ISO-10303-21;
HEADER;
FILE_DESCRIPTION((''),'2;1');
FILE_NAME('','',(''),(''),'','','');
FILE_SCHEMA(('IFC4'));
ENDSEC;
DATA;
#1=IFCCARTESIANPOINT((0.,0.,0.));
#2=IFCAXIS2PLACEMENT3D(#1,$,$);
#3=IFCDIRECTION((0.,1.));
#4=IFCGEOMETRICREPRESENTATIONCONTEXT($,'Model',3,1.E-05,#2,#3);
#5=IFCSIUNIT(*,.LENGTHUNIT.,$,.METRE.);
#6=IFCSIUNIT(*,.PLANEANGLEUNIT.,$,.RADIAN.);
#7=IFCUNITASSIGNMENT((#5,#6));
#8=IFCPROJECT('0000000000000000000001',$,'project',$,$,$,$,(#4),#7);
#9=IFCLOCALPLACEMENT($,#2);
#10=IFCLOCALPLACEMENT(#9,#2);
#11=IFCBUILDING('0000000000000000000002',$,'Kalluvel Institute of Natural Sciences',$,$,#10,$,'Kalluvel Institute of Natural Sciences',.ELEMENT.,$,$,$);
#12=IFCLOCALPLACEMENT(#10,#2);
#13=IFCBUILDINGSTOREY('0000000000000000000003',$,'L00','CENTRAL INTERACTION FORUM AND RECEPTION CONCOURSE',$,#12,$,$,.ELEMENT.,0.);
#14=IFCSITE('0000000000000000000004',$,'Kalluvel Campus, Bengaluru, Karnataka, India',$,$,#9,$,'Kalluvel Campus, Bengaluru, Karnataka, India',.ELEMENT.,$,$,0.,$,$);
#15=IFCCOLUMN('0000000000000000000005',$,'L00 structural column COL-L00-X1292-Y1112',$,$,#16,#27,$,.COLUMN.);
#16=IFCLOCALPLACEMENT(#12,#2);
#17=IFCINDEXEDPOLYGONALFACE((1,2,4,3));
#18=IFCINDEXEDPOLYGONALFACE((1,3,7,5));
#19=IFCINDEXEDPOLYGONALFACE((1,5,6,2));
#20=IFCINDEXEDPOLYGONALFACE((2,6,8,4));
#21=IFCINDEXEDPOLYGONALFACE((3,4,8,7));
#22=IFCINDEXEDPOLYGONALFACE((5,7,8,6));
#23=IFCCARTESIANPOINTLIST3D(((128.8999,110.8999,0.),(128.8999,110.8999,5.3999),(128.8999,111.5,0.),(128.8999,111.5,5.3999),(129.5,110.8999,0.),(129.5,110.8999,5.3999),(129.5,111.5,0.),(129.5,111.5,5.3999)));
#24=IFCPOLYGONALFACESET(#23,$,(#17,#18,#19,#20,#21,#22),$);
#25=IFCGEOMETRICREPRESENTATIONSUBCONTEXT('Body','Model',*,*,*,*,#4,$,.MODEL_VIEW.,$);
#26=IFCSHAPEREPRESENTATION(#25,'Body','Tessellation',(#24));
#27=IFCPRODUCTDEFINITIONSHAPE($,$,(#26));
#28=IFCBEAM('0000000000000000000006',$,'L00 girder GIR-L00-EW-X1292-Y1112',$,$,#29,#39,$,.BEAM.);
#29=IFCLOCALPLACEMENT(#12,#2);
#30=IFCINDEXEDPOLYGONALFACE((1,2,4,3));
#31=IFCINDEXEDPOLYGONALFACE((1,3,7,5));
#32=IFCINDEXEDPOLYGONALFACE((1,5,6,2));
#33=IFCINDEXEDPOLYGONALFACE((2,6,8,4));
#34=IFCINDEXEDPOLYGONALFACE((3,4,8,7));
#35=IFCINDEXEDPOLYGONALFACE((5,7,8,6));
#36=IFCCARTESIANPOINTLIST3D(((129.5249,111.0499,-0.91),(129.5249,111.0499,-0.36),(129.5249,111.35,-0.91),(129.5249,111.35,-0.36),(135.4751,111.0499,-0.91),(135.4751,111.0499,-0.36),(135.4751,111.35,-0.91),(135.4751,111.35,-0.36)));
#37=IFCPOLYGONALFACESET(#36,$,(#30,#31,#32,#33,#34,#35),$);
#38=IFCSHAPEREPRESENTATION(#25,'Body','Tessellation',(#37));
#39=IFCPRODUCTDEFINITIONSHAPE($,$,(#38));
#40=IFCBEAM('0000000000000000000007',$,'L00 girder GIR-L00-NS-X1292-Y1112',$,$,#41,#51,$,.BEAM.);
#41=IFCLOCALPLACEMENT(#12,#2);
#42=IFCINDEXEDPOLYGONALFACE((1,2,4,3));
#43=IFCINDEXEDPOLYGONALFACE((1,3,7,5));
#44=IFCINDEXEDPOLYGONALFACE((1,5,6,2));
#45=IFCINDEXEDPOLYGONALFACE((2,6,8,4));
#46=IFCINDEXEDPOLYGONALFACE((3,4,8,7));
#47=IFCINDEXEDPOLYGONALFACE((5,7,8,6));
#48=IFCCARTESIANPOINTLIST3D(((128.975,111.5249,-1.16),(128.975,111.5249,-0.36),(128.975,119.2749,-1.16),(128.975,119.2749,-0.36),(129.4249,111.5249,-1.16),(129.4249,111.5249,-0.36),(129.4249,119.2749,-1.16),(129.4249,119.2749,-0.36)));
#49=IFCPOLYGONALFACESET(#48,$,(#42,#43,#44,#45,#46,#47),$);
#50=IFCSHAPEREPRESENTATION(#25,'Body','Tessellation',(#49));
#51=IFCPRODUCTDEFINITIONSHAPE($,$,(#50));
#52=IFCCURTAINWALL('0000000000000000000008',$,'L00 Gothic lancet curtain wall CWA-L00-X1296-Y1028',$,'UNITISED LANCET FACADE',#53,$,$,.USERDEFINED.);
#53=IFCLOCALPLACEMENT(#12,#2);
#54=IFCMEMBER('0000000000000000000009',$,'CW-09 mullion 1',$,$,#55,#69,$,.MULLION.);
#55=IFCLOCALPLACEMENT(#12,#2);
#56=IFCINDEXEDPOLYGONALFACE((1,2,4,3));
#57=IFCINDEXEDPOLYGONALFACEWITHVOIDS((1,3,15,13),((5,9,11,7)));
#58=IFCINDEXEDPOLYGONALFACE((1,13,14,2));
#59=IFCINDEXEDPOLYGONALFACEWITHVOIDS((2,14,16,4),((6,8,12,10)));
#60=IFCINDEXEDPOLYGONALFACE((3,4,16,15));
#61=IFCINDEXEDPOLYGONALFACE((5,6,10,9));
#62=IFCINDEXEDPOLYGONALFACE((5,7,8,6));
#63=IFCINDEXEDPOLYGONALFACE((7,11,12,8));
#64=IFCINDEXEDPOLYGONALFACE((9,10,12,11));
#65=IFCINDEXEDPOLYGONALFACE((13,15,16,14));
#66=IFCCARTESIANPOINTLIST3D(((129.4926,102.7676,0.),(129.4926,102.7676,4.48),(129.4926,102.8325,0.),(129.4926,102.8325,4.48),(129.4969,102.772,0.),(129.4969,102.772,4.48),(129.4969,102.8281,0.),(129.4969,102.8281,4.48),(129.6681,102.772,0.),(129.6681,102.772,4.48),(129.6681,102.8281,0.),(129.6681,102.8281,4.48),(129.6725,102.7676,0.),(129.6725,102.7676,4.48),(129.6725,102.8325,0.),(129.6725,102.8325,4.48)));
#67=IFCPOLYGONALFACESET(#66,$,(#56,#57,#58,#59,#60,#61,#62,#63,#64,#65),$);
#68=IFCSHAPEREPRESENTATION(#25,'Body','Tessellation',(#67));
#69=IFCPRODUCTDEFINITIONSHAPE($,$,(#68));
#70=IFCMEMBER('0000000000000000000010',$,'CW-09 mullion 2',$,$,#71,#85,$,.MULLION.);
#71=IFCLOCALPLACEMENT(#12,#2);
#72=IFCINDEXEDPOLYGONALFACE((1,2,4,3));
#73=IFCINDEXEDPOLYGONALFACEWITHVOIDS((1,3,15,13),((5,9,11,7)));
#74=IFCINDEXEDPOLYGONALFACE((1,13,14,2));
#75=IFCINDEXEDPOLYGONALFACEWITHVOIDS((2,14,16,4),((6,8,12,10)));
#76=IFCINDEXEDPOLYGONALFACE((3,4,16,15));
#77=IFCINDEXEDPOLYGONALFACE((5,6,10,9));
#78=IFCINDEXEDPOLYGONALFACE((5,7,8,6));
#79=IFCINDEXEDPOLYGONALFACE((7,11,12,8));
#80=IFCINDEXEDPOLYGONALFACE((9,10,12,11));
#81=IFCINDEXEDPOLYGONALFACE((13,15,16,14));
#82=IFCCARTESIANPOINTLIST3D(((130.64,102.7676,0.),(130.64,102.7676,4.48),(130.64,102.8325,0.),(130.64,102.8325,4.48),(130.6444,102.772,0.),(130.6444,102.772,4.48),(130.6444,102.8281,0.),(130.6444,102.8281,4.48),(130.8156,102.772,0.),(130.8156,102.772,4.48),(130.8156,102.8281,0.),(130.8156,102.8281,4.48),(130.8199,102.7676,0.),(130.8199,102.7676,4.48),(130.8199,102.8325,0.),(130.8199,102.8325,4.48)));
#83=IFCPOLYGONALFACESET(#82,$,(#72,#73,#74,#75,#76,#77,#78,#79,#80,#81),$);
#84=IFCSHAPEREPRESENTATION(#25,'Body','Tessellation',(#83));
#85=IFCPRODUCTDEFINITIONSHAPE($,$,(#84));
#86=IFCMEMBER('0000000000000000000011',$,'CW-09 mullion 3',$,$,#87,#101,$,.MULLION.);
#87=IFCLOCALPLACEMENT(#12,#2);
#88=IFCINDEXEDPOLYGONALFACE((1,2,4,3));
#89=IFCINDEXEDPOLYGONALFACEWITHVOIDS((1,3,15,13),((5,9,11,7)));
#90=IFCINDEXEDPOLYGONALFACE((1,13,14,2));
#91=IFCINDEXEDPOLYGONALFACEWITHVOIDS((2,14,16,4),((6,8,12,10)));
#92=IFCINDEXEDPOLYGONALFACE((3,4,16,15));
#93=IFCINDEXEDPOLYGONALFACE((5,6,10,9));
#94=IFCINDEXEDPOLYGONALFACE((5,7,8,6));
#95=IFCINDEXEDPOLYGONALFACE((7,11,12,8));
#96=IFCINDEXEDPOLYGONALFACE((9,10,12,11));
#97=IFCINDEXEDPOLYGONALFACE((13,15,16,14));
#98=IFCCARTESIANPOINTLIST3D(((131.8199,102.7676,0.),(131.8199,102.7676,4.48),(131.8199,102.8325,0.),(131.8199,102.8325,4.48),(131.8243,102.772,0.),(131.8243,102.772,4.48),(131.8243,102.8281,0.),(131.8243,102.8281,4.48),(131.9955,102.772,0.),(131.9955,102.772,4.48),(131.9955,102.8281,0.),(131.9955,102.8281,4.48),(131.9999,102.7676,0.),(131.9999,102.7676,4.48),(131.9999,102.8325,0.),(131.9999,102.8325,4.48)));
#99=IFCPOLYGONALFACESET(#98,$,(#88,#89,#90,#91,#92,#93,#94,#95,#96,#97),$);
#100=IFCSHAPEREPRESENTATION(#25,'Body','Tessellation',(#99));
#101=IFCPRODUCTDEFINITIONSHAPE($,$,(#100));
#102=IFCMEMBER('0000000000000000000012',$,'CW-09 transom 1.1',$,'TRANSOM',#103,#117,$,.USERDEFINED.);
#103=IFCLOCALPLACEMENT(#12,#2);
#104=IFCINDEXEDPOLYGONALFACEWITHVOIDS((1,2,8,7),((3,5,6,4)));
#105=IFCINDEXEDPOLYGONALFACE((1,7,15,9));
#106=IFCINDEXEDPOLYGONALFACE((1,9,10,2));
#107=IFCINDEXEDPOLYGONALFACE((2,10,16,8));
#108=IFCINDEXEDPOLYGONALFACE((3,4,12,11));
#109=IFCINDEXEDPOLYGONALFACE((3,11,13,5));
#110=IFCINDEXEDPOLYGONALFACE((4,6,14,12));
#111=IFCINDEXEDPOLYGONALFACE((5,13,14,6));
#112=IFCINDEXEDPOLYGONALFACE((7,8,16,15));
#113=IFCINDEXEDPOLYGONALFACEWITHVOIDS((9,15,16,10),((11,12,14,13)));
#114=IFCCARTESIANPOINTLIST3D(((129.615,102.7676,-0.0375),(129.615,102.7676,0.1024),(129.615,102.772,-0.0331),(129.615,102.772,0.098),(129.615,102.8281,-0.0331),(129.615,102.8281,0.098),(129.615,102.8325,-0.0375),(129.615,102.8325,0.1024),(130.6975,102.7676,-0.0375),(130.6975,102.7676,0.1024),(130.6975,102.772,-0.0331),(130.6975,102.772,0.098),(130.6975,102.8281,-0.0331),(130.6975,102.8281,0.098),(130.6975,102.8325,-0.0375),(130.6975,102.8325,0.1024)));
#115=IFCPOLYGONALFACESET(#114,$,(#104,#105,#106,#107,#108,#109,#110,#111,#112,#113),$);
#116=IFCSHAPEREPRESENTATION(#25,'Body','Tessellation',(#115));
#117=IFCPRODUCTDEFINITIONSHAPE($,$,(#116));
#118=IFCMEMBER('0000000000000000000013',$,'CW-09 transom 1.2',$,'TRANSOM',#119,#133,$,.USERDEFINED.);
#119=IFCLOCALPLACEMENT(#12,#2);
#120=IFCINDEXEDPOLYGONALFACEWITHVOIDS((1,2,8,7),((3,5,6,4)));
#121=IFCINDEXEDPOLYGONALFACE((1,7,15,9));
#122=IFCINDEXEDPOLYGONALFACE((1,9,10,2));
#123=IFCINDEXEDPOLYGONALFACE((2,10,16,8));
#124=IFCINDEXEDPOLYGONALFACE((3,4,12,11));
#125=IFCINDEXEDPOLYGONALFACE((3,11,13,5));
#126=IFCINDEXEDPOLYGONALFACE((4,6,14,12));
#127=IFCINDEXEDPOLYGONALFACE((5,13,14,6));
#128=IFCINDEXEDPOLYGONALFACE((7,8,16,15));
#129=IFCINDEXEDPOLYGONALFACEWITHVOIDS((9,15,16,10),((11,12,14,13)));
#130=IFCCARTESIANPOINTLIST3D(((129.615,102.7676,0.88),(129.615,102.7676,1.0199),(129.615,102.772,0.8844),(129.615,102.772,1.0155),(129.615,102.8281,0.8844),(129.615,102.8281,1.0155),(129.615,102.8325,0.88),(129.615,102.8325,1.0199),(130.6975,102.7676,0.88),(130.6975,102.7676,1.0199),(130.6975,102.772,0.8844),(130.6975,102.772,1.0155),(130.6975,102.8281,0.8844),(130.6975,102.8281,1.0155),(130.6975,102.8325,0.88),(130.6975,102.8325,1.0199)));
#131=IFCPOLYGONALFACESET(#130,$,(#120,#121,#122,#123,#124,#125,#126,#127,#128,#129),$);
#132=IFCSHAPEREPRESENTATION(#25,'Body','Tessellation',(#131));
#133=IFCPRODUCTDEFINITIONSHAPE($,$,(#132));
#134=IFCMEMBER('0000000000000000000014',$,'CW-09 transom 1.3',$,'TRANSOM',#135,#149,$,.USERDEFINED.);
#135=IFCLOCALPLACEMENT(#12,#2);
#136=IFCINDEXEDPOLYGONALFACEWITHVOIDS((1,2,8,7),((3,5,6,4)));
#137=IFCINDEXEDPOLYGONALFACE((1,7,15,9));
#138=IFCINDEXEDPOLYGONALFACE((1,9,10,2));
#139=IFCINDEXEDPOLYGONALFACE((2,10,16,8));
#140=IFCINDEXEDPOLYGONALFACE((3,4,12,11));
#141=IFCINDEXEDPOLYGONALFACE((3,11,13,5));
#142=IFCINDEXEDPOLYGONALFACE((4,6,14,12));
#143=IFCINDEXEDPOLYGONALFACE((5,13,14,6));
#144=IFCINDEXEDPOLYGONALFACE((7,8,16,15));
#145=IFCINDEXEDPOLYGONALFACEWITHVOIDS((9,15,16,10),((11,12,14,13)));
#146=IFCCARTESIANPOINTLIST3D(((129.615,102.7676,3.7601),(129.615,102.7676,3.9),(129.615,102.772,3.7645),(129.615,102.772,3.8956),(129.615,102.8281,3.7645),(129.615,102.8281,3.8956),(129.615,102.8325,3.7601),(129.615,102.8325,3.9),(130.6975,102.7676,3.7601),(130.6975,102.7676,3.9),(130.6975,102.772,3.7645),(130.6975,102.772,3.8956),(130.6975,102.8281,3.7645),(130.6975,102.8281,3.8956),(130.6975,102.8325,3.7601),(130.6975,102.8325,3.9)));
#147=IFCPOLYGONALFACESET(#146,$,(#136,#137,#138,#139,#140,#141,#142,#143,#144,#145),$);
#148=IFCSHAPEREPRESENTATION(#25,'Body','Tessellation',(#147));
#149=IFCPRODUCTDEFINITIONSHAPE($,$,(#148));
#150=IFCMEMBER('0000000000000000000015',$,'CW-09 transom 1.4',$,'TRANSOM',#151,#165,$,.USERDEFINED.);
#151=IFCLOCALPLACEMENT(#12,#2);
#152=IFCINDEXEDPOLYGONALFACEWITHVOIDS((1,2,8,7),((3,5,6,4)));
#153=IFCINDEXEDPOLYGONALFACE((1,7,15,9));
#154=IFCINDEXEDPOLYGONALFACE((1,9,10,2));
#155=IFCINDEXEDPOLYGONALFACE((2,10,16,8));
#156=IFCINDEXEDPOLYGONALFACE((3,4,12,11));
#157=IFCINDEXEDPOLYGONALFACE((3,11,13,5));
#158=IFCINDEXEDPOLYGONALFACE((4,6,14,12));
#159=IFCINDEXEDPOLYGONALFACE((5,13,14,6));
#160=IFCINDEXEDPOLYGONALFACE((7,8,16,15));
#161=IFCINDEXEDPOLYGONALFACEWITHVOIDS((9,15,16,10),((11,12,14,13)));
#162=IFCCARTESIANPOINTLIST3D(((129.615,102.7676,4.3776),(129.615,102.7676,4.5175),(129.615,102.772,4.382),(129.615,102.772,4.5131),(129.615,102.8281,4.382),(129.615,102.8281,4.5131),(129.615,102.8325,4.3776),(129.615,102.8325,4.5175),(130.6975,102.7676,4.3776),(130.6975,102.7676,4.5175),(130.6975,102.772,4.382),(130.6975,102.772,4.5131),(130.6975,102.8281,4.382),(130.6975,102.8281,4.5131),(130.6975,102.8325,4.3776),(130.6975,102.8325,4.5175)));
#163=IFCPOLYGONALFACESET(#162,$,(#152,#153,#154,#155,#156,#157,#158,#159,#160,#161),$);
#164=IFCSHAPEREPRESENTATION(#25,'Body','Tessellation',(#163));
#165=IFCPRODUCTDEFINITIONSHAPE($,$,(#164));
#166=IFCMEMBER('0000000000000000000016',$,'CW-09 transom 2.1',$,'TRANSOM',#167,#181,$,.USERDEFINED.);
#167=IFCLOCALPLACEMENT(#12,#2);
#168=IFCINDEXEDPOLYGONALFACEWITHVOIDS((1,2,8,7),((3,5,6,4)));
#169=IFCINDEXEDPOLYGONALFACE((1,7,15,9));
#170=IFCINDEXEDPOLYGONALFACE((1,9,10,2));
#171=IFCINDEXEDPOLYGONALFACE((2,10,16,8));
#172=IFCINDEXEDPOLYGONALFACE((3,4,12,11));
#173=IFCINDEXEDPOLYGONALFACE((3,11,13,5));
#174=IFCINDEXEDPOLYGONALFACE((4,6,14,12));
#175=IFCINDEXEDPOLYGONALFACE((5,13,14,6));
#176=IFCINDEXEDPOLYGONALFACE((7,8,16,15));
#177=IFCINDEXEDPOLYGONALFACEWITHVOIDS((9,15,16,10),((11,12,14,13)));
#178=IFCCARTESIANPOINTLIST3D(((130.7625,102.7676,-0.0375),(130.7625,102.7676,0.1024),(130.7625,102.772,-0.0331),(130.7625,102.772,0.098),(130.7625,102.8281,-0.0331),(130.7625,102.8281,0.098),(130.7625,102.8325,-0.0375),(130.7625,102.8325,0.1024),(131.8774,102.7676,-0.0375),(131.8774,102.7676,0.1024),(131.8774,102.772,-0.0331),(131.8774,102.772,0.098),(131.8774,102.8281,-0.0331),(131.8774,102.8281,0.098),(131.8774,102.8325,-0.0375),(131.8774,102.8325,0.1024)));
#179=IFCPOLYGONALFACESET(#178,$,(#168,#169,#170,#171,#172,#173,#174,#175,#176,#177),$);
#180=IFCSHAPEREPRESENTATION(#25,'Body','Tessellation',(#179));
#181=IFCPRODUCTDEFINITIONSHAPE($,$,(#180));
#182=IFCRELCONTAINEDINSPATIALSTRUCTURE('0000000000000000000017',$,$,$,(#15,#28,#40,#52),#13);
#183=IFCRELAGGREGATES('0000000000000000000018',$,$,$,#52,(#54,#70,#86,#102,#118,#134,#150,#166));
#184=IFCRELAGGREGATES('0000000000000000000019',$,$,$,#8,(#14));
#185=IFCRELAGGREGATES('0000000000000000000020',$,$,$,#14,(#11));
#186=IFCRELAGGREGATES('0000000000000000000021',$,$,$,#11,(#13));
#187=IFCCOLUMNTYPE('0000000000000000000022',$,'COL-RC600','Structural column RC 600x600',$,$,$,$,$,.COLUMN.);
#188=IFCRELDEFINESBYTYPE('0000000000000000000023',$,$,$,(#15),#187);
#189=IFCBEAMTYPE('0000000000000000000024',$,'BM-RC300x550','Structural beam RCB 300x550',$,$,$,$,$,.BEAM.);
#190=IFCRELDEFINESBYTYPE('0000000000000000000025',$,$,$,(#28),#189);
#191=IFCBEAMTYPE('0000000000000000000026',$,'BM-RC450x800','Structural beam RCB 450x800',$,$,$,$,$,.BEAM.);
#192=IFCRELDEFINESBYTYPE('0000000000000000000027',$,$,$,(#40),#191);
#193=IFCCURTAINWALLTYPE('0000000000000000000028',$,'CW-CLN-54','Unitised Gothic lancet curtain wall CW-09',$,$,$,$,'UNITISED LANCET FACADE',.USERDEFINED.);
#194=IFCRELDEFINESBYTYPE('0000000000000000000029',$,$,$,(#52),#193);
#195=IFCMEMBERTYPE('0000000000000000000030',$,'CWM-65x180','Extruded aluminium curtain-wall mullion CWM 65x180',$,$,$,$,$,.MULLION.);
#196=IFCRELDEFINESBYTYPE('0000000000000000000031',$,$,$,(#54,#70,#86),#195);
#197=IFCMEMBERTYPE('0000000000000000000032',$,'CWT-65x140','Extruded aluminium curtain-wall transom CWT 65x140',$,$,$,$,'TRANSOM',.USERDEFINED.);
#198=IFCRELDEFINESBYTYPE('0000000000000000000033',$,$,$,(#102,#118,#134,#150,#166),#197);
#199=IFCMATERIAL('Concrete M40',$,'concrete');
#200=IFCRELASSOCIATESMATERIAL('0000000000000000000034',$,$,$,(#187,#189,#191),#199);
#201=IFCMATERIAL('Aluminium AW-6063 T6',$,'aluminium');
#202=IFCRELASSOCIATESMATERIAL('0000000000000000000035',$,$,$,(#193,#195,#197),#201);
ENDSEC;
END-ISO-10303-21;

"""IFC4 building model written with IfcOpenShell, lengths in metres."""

from ifc_helpers import new_model, si_unit, direction, frame, origin, origin_2d, place, context, subcontext, project, spatial, rectangle, hollow_rectangle, extrude, material, material_profile, profile_set, type_object, element, aggregate, save


model = new_model("IFC4")

# Units and contexts
model_context = context("Model", 3, precision=1e-05, world=origin(), true_north=direction((0.0, 1.0)))
body_context = subcontext(model_context, "Body", "Model", "MODEL_VIEW")
ifc_project = project(units=[si_unit("LENGTHUNIT", "METRE"), si_unit("PLANEANGLEUNIT", "RADIAN")], contexts=[model_context])

# Site, building, storey
site_placement = place(None, origin())
site = spatial("IfcSite", under=ifc_project, at=site_placement, Name="Kalluvel Campus, Bengaluru, Karnataka, India", LongName="Kalluvel Campus, Bengaluru, Karnataka, India", CompositionType="ELEMENT", RefElevation=0.0)
building_placement = place(site_placement, origin())
building = spatial("IfcBuilding", under=site, at=building_placement, Name="Kalluvel Institute of Natural Sciences", LongName="Kalluvel Institute of Natural Sciences", CompositionType="ELEMENT")
storey_placement = place(building_placement, origin())
storey = spatial("IfcBuildingStorey", under=building, at=storey_placement, Name="L00", Description="CENTRAL INTERACTION FORUM AND RECEPTION CONCOURSE", CompositionType="ELEMENT", Elevation=0.0)

# Column
ifc_material_1 = material(Name="Concrete M40", Category="concrete")
ifc_material_profile_1 = material_profile(ifc_material_1, rectangle(XDim=0.6001, YDim=0.6001, at=origin_2d()), Name="RC 600x600")
ifc_profile_set_1 = profile_set([ifc_material_profile_1], Name="Concrete M40")
column_type = type_object("IfcColumnType", Name="COL-RC600", Description="Structural column RC 600x600", PredefinedType="COLUMN", material=ifc_profile_set_1)
column_placement = place(storey_placement, frame((129.2, 111.2, 0.0), z_axis=(0.0, 0.0, 1.0), x_axis=(1.0, 0.0, 0.0)))
element("IfcColumn", 1, at=column_placement, inside=storey, type_object=column_type, Name="L00 structural column COL-L00-X1292-Y1112", PredefinedType="COLUMN", context=body_context, shape_type="SweptSolid", body=[
    extrude(rectangle(XDim=0.6001, YDim=0.6001, at=origin_2d()), origin(), (0.0, 0.0, 1.0), 5.3999),
])

# Beams
ifc_material_profile_2 = material_profile(ifc_material_1, rectangle(XDim=0.3, YDim=0.55, at=origin_2d()), Name="RCB 300x550")
ifc_profile_set_2 = profile_set([ifc_material_profile_2], Name="Concrete M40")
beam_type_1 = type_object("IfcBeamType", Name="BM-RC300x550", Description="Structural beam RCB 300x550", PredefinedType="BEAM", material=ifc_profile_set_2)
beam_1_placement = place(storey_placement, frame((129.5249, 111.2, -0.635), z_axis=(1.0, 0.0, 0.0), x_axis=(0.0, 1.0, 0.0)))
element("IfcBeam", 2, at=beam_1_placement, inside=storey, type_object=beam_type_1, Name="L00 girder GIR-L00-EW-X1292-Y1112", PredefinedType="BEAM", context=body_context, shape_type="SweptSolid", body=[
    extrude(rectangle(XDim=0.3, YDim=0.55, at=origin_2d()), origin(), (0.0, 0.0, 1.0), 5.9502),
])
ifc_material_profile_3 = material_profile(ifc_material_1, rectangle(XDim=0.45, YDim=0.8, at=origin_2d()), Name="RCB 450x800")
ifc_profile_set_3 = profile_set([ifc_material_profile_3], Name="Concrete M40")
beam_type_2 = type_object("IfcBeamType", Name="BM-RC450x800", Description="Structural beam RCB 450x800", PredefinedType="BEAM", material=ifc_profile_set_3)
beam_2_placement = place(storey_placement, frame((129.2, 111.5249, -0.76), z_axis=(0.0, 1.0, 0.0), x_axis=(-1.0, 0.0, 0.0)))
element("IfcBeam", 3, at=beam_2_placement, inside=storey, type_object=beam_type_2, Name="L00 girder GIR-L00-NS-X1292-Y1112", PredefinedType="BEAM", context=body_context, shape_type="SweptSolid", body=[
    extrude(rectangle(XDim=0.45, YDim=0.8, at=origin_2d()), origin(), (0.0, 0.0, 1.0), 7.75),
])

# Curtain wall, members
ifc_material_2 = material(Name="Aluminium AW-6063 T6", Category="aluminium")
curtain_wall_type = type_object("IfcCurtainWallType", Name="CW-CLN-54", Description="Unitised Gothic lancet curtain wall CW-09", ElementType="UNITISED LANCET FACADE", PredefinedType="USERDEFINED", material=ifc_material_2)
curtain_wall_placement = place(storey_placement, origin())
curtain_wall = element("IfcCurtainWall", 4, at=curtain_wall_placement, inside=storey, type_object=curtain_wall_type, Name="L00 Gothic lancet curtain wall CWA-L00-X1296-Y1028", ObjectType="UNITISED LANCET FACADE", PredefinedType="USERDEFINED")
ifc_material_profile_4 = material_profile(ifc_material_2, hollow_rectangle(XDim=0.0649, YDim=0.1799, WallThickness=0.0044, at=origin_2d()), Name="CWM 65x180")
ifc_profile_set_4 = profile_set([ifc_material_profile_4], Name="Aluminium AW-6063 T6")
member_type_1 = type_object("IfcMemberType", Name="CWM-65x180", Description="Extruded aluminium curtain-wall mullion CWM 65x180", PredefinedType="MULLION", material=ifc_profile_set_4)
member_1_placement = place(storey_placement, frame((129.5825, 102.8, 0.0), z_axis=(0.0, 0.0, 1.0), x_axis=(0.0, 1.0, 0.0)))
member_1 = element("IfcMember", 5, at=member_1_placement, type_object=member_type_1, Name="CW-09 mullion 1", PredefinedType="MULLION", context=body_context, shape_type="SweptSolid", body=[
    extrude(hollow_rectangle(XDim=0.0649, YDim=0.1799, WallThickness=0.0044, at=origin_2d()), origin(), (0.0, 0.0, 1.0), 4.48),
])
member_2_placement = place(storey_placement, frame((130.73, 102.8, 0.0), z_axis=(0.0, 0.0, 1.0), x_axis=(0.0, 1.0, 0.0)))
member_2 = element("IfcMember", 6, at=member_2_placement, type_object=member_type_1, Name="CW-09 mullion 2", PredefinedType="MULLION", context=body_context, shape_type="SweptSolid", body=[
    extrude(hollow_rectangle(XDim=0.0649, YDim=0.1799, WallThickness=0.0044, at=origin_2d()), origin(), (0.0, 0.0, 1.0), 4.48),
])
member_3_placement = place(storey_placement, frame((131.9099, 102.8, 0.0), z_axis=(0.0, 0.0, 1.0), x_axis=(0.0, 1.0, 0.0)))
member_3 = element("IfcMember", 7, at=member_3_placement, type_object=member_type_1, Name="CW-09 mullion 3", PredefinedType="MULLION", context=body_context, shape_type="SweptSolid", body=[
    extrude(hollow_rectangle(XDim=0.0649, YDim=0.1799, WallThickness=0.0044, at=origin_2d()), origin(), (0.0, 0.0, 1.0), 4.48),
])
ifc_material_profile_5 = material_profile(ifc_material_2, hollow_rectangle(XDim=0.0649, YDim=0.1399, WallThickness=0.0044, at=origin_2d()), Name="CWT 65x140")
ifc_profile_set_5 = profile_set([ifc_material_profile_5], Name="Aluminium AW-6063 T6")
member_type_2 = type_object("IfcMemberType", Name="CWT-65x140", Description="Extruded aluminium curtain-wall transom CWT 65x140", ElementType="TRANSOM", PredefinedType="USERDEFINED", material=ifc_profile_set_5)
member_4_placement = place(storey_placement, frame((129.615, 102.8, 0.0325), z_axis=(1.0, 0.0, 0.0), x_axis=(0.0, 1.0, 0.0)))
member_4 = element("IfcMember", 8, at=member_4_placement, type_object=member_type_2, Name="CW-09 transom 1.1", ObjectType="TRANSOM", PredefinedType="USERDEFINED", context=body_context, shape_type="SweptSolid", body=[
    extrude(hollow_rectangle(XDim=0.0649, YDim=0.1399, WallThickness=0.0044, at=origin_2d()), origin(), (0.0, 0.0, 1.0), 1.0825),
])
member_5_placement = place(storey_placement, frame((129.615, 102.8, 0.95), z_axis=(1.0, 0.0, 0.0), x_axis=(0.0, 1.0, 0.0)))
member_5 = element("IfcMember", 9, at=member_5_placement, type_object=member_type_2, Name="CW-09 transom 1.2", ObjectType="TRANSOM", PredefinedType="USERDEFINED", context=body_context, shape_type="SweptSolid", body=[
    extrude(hollow_rectangle(XDim=0.0649, YDim=0.1399, WallThickness=0.0044, at=origin_2d()), origin(), (0.0, 0.0, 1.0), 1.0825),
])
member_6_placement = place(storey_placement, frame((129.615, 102.8, 3.8301), z_axis=(1.0, 0.0, 0.0), x_axis=(0.0, 1.0, 0.0)))
member_6 = element("IfcMember", 10, at=member_6_placement, type_object=member_type_2, Name="CW-09 transom 1.3", ObjectType="TRANSOM", PredefinedType="USERDEFINED", context=body_context, shape_type="SweptSolid", body=[
    extrude(hollow_rectangle(XDim=0.0649, YDim=0.1399, WallThickness=0.0044, at=origin_2d()), origin(), (0.0, 0.0, 1.0), 1.0825),
])
member_7_placement = place(storey_placement, frame((129.615, 102.8, 4.4475), z_axis=(1.0, 0.0, 0.0), x_axis=(0.0, 1.0, 0.0)))
member_7 = element("IfcMember", 11, at=member_7_placement, type_object=member_type_2, Name="CW-09 transom 1.4", ObjectType="TRANSOM", PredefinedType="USERDEFINED", context=body_context, shape_type="SweptSolid", body=[
    extrude(hollow_rectangle(XDim=0.0649, YDim=0.1399, WallThickness=0.0044, at=origin_2d()), origin(), (0.0, 0.0, 1.0), 1.0825),
])
member_8_placement = place(storey_placement, frame((130.7625, 102.8, 0.0325), z_axis=(1.0, 0.0, 0.0), x_axis=(0.0, 1.0, 0.0)))
member_8 = element("IfcMember", 12, at=member_8_placement, type_object=member_type_2, Name="CW-09 transom 2.1", ObjectType="TRANSOM", PredefinedType="USERDEFINED", context=body_context, shape_type="SweptSolid", body=[
    extrude(hollow_rectangle(XDim=0.0649, YDim=0.1399, WallThickness=0.0044, at=origin_2d()), origin(), (0.0, 0.0, 1.0), 1.115),
])

aggregate(curtain_wall, [member_1, member_2, member_3, member_4, member_5, member_6, member_7, member_8])

save(model, "model.ifc")
